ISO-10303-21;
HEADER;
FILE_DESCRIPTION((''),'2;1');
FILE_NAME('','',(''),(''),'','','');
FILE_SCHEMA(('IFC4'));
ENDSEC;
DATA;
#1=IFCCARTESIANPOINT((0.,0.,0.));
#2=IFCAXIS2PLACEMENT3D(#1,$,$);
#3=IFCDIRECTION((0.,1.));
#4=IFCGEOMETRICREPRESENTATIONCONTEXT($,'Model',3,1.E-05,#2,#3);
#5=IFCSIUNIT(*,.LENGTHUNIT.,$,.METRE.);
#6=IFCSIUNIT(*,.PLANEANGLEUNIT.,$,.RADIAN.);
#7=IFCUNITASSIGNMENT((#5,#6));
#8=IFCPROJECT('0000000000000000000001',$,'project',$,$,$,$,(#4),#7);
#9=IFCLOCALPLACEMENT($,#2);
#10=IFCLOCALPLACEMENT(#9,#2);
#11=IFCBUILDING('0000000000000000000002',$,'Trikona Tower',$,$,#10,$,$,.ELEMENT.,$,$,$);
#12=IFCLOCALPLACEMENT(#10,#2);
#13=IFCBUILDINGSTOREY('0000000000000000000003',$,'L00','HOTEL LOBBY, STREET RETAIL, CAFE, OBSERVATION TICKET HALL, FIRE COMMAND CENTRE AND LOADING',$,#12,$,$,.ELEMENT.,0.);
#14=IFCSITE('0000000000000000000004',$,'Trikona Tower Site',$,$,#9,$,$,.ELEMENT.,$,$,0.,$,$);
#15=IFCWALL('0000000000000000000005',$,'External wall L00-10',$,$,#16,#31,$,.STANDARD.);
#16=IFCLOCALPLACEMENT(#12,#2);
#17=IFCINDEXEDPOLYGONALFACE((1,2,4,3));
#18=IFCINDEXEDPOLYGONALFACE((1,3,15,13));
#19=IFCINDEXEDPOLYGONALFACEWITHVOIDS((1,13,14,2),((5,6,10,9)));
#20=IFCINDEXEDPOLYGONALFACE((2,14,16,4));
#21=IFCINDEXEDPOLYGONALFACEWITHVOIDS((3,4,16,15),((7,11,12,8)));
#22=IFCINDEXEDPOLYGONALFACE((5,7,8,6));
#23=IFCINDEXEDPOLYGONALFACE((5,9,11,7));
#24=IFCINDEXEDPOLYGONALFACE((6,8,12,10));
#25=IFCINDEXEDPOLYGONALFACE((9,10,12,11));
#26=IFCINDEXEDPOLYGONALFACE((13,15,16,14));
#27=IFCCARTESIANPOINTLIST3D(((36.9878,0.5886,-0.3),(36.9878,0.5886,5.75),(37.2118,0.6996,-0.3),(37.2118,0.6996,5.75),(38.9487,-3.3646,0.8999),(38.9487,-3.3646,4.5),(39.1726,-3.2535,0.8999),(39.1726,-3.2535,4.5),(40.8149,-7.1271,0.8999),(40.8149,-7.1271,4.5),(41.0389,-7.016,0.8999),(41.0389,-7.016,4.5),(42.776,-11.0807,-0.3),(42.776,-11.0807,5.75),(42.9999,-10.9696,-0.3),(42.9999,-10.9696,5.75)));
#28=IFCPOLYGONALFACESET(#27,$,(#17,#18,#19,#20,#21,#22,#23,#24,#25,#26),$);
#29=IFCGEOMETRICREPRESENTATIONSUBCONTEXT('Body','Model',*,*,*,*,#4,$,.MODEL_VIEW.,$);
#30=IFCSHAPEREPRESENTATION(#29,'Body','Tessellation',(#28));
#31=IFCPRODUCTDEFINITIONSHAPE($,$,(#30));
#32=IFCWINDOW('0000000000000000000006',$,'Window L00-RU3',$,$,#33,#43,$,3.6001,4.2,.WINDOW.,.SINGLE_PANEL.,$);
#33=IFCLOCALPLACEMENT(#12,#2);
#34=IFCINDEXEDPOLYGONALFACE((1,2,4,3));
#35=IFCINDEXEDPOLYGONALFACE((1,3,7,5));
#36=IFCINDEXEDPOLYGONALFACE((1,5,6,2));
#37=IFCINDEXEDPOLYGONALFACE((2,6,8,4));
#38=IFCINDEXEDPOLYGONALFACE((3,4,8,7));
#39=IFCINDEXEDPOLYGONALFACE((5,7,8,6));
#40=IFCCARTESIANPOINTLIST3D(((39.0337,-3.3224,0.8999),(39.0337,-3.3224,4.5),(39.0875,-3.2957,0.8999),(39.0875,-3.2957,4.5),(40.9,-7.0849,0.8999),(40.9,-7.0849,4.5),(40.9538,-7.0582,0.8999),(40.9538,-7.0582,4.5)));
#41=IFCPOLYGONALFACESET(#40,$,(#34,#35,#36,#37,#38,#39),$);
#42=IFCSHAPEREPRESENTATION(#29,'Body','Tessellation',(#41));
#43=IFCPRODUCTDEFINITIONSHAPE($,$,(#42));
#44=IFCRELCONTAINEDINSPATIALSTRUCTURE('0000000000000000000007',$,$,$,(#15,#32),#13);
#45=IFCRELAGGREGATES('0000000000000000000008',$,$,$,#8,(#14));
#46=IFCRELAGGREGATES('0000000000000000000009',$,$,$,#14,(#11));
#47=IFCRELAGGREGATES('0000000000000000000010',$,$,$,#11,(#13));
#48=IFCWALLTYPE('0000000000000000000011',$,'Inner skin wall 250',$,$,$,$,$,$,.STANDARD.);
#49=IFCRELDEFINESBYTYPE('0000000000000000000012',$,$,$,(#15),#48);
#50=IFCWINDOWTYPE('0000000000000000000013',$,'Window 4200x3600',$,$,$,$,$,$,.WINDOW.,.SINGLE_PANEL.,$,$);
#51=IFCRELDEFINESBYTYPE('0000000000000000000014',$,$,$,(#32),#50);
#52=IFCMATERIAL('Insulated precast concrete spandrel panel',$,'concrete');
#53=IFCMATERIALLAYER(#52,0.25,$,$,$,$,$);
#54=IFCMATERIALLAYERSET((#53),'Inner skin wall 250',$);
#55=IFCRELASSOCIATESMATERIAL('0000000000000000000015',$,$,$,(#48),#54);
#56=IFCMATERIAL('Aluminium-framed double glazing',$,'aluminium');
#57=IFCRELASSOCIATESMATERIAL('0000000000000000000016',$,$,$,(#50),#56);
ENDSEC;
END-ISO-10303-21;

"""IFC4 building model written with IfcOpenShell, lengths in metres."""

from ifc_helpers import new_model, si_unit, direction, frame, frame_2d, origin, place, context, subcontext, project, spatial, rectangle, extrude, material, layer, layer_set, type_object, element, fill, save


model = new_model("IFC4")

# Units and contexts
model_context = context("Model", 3, precision=1e-05, world=origin(), true_north=direction((0.0, 1.0)))
body_context = subcontext(model_context, "Body", "Model", "MODEL_VIEW")
ifc_project = project(units=[si_unit("LENGTHUNIT", "METRE"), si_unit("PLANEANGLEUNIT", "RADIAN")], contexts=[model_context])

# Site, building, storey
site_placement = place(None, origin())
site = spatial("IfcSite", under=ifc_project, at=site_placement, Name="Trikona Tower Site", CompositionType="ELEMENT", RefElevation=0.0)
building_placement = place(site_placement, origin())
building = spatial("IfcBuilding", under=site, at=building_placement, Name="Trikona Tower", CompositionType="ELEMENT")
storey_placement = place(building_placement, origin())
storey = spatial("IfcBuildingStorey", under=building, at=storey_placement, Name="L00", Description="HOTEL LOBBY, STREET RETAIL, CAFE, OBSERVATION TICKET HALL, FIRE COMMAND CENTRE AND LOADING", CompositionType="ELEMENT", Elevation=0.0)

# Wall, opening, window
ifc_material_1 = material(Name="Insulated precast concrete spandrel panel", Category="concrete")
ifc_layer = layer(ifc_material_1, 0.25)
ifc_layer_set = layer_set([ifc_layer], Name="Inner skin wall 250")
wall_type = type_object("IfcWallType", Name="Inner skin wall 250", PredefinedType="STANDARD", material=ifc_layer_set)
wall_placement = place(storey_placement, frame((42.8879, -11.0251, -0.3), z_axis=(0.0, 0.0, 1.0), x_axis=(-0.444355, 0.895851, 0.0)))
wall = element("IfcWall", 1, at=wall_placement, inside=storey, type_object=wall_type, Name="External wall L00-10", PredefinedType="STANDARD", context=body_context, shape_type="SweptSolid", body=[
    extrude(rectangle(XDim=13.0259, YDim=0.25, at=frame_2d((6.5129, 0.0))), origin(), (0.0, 0.0, 1.0), 6.05),
])
opening_placement = place(wall_placement, frame((4.4131, 0.0, 1.2)))
opening = element("IfcOpeningElement", 2, at=opening_placement, cuts=wall, PredefinedType="OPENING", context=body_context, shape_type="SweptSolid", body=[
    extrude(rectangle(XDim=4.2, YDim=3.6001, at=frame_2d((2.1001, 1.8))), frame((0.0, 0.135, 0.0), z_axis=(0.0, -1.0, 0.0), x_axis=(1.0, 0.0, 0.0)), (0.0, 0.0, 1.0), 0.27),
])
ifc_material_2 = material(Name="Aluminium-framed double glazing", Category="aluminium")
window_type = type_object("IfcWindowType", Name="Window 4200x3600", PartitioningType="SINGLE_PANEL", PredefinedType="WINDOW", material=ifc_material_2)
window_placement = place(opening_placement, origin())
window = element("IfcWindow", 3, at=window_placement, inside=storey, type_object=window_type, Name="Window L00-RU3", OverallHeight=3.6001, OverallWidth=4.2, PartitioningType="SINGLE_PANEL", PredefinedType="WINDOW", context=body_context, shape_type="SweptSolid", body=[
    extrude(rectangle(XDim=4.2, YDim=3.6001, at=frame_2d((2.1001, 1.8))), frame((0.0, 0.03, 0.0), z_axis=(0.0, -1.0, 0.0), x_axis=(1.0, 0.0, 0.0)), (0.0, 0.0, 1.0), 0.0601),
])
fill(opening, window)

save(model, "model.ifc")
